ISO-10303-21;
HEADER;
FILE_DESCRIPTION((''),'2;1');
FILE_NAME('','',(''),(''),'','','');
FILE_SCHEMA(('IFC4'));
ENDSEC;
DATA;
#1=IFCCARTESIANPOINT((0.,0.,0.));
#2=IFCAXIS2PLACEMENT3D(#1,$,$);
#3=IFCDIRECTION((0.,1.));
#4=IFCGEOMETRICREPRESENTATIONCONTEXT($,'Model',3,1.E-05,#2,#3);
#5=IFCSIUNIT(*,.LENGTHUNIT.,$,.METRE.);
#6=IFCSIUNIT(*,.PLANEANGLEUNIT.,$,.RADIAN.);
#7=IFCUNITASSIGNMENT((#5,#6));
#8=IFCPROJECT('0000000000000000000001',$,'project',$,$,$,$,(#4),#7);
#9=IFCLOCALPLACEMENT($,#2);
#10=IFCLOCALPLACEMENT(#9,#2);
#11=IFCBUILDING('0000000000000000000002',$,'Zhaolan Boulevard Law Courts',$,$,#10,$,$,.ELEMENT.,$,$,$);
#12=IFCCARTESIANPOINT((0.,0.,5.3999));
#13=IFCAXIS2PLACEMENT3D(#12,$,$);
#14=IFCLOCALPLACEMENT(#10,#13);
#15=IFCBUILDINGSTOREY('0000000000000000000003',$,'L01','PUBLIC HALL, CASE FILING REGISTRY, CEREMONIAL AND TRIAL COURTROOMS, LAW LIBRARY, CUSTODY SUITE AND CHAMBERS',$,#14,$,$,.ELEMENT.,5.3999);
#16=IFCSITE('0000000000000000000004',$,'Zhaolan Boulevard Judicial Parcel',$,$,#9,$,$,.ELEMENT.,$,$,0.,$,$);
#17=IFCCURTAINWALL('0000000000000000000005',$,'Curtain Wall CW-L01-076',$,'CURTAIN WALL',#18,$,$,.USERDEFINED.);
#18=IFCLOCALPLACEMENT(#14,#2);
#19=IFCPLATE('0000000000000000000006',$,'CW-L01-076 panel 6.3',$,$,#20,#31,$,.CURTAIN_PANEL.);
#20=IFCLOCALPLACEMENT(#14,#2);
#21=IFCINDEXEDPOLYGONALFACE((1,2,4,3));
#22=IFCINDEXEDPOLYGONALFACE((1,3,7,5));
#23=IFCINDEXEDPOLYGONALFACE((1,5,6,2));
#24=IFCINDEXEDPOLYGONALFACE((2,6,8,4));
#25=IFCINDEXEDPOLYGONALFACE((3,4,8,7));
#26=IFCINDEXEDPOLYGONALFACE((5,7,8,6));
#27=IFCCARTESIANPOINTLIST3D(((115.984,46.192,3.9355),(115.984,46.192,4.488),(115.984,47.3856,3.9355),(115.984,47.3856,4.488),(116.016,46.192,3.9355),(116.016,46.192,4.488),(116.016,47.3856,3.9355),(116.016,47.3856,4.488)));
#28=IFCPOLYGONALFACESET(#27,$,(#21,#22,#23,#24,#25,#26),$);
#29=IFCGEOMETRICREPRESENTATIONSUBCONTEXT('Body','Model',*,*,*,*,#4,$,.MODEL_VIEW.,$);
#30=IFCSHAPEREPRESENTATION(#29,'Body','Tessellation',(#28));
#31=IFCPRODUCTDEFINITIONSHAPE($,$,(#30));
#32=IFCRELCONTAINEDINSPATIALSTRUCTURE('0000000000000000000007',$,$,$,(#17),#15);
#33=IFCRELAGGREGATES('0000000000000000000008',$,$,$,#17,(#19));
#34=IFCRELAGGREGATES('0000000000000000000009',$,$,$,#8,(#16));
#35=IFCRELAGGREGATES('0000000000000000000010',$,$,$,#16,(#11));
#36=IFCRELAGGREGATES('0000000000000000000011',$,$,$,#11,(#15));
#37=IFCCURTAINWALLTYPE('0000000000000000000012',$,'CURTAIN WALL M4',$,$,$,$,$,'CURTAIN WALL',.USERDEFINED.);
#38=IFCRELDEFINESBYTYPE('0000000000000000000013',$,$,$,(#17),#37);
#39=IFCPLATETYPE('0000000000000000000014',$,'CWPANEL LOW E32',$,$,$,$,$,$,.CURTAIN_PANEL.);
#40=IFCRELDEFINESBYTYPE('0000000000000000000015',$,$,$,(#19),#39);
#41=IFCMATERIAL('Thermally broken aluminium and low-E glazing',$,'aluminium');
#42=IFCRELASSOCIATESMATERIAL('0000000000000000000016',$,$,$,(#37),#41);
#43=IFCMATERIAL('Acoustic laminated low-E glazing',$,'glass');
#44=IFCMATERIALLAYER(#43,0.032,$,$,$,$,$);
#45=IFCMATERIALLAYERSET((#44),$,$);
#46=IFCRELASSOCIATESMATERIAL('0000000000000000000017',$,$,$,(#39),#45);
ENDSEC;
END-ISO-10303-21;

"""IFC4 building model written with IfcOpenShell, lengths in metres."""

from ifc_helpers import new_model, si_unit, direction, frame, origin, origin_2d, place, context, subcontext, project, spatial, rectangle, extrude, material, layer, layer_set, type_object, element, aggregate, save


model = new_model("IFC4")

# Units and contexts
model_context = context("Model", 3, precision=1e-05, world=origin(), true_north=direction((0.0, 1.0)))
body_context = subcontext(model_context, "Body", "Model", "MODEL_VIEW")
ifc_project = project(units=[si_unit("LENGTHUNIT", "METRE"), si_unit("PLANEANGLEUNIT", "RADIAN")], contexts=[model_context])

# Site, building, storey
site_placement = place(None, origin())
site = spatial("IfcSite", under=ifc_project, at=site_placement, Name="Zhaolan Boulevard Judicial Parcel", CompositionType="ELEMENT", RefElevation=0.0)
building_placement = place(site_placement, origin())
building = spatial("IfcBuilding", under=site, at=building_placement, Name="Zhaolan Boulevard Law Courts", CompositionType="ELEMENT")
storey_placement = place(building_placement, frame((0.0, 0.0, 5.3999)))
storey = spatial("IfcBuildingStorey", under=building, at=storey_placement, Name="L01", Description="PUBLIC HALL, CASE FILING REGISTRY, CEREMONIAL AND TRIAL COURTROOMS, LAW LIBRARY, CUSTODY SUITE AND CHAMBERS", CompositionType="ELEMENT", Elevation=5.3999)

# Curtain wall
ifc_material_1 = material(Name="Thermally broken aluminium and low-E glazing", Category="aluminium")
curtain_wall_type_1 = type_object("IfcCurtainWallType", Name="CURTAIN WALL M4", ElementType="CURTAIN WALL", PredefinedType="USERDEFINED", material=ifc_material_1)
curtain_wall_1_placement = place(storey_placement, origin())
curtain_wall_1 = element("IfcCurtainWall", 1, at=curtain_wall_1_placement, inside=storey, type_object=curtain_wall_type_1, Name="Curtain Wall CW-L01-076", ObjectType="CURTAIN WALL", PredefinedType="USERDEFINED")

# Plate
ifc_material_2 = material(Name="Acoustic laminated low-E glazing", Category="glass")
ifc_layer = layer(ifc_material_2, 0.032)
ifc_layer_set = layer_set([ifc_layer])
plate_type = type_object("IfcPlateType", Name="CWPANEL LOW E32", PredefinedType="CURTAIN_PANEL", material=ifc_layer_set)
plate_1_placement = place(storey_placement, frame((116.0, 46.7888, 3.9355), z_axis=(0.0, 0.0, 1.0), x_axis=(0.0, -1.0, 0.0)))
plate_1 = element("IfcPlate", 2, at=plate_1_placement, type_object=plate_type, Name="CW-L01-076 panel 6.3", PredefinedType="CURTAIN_PANEL", context=body_context, shape_type="SweptSolid", body=[
    extrude(rectangle(XDim=1.1936, YDim=0.032, at=origin_2d()), origin(), (0.0, 0.0, 1.0), 0.5525),
])
aggregate(curtain_wall_1, [plate_1])

save(model, "model.ifc")
